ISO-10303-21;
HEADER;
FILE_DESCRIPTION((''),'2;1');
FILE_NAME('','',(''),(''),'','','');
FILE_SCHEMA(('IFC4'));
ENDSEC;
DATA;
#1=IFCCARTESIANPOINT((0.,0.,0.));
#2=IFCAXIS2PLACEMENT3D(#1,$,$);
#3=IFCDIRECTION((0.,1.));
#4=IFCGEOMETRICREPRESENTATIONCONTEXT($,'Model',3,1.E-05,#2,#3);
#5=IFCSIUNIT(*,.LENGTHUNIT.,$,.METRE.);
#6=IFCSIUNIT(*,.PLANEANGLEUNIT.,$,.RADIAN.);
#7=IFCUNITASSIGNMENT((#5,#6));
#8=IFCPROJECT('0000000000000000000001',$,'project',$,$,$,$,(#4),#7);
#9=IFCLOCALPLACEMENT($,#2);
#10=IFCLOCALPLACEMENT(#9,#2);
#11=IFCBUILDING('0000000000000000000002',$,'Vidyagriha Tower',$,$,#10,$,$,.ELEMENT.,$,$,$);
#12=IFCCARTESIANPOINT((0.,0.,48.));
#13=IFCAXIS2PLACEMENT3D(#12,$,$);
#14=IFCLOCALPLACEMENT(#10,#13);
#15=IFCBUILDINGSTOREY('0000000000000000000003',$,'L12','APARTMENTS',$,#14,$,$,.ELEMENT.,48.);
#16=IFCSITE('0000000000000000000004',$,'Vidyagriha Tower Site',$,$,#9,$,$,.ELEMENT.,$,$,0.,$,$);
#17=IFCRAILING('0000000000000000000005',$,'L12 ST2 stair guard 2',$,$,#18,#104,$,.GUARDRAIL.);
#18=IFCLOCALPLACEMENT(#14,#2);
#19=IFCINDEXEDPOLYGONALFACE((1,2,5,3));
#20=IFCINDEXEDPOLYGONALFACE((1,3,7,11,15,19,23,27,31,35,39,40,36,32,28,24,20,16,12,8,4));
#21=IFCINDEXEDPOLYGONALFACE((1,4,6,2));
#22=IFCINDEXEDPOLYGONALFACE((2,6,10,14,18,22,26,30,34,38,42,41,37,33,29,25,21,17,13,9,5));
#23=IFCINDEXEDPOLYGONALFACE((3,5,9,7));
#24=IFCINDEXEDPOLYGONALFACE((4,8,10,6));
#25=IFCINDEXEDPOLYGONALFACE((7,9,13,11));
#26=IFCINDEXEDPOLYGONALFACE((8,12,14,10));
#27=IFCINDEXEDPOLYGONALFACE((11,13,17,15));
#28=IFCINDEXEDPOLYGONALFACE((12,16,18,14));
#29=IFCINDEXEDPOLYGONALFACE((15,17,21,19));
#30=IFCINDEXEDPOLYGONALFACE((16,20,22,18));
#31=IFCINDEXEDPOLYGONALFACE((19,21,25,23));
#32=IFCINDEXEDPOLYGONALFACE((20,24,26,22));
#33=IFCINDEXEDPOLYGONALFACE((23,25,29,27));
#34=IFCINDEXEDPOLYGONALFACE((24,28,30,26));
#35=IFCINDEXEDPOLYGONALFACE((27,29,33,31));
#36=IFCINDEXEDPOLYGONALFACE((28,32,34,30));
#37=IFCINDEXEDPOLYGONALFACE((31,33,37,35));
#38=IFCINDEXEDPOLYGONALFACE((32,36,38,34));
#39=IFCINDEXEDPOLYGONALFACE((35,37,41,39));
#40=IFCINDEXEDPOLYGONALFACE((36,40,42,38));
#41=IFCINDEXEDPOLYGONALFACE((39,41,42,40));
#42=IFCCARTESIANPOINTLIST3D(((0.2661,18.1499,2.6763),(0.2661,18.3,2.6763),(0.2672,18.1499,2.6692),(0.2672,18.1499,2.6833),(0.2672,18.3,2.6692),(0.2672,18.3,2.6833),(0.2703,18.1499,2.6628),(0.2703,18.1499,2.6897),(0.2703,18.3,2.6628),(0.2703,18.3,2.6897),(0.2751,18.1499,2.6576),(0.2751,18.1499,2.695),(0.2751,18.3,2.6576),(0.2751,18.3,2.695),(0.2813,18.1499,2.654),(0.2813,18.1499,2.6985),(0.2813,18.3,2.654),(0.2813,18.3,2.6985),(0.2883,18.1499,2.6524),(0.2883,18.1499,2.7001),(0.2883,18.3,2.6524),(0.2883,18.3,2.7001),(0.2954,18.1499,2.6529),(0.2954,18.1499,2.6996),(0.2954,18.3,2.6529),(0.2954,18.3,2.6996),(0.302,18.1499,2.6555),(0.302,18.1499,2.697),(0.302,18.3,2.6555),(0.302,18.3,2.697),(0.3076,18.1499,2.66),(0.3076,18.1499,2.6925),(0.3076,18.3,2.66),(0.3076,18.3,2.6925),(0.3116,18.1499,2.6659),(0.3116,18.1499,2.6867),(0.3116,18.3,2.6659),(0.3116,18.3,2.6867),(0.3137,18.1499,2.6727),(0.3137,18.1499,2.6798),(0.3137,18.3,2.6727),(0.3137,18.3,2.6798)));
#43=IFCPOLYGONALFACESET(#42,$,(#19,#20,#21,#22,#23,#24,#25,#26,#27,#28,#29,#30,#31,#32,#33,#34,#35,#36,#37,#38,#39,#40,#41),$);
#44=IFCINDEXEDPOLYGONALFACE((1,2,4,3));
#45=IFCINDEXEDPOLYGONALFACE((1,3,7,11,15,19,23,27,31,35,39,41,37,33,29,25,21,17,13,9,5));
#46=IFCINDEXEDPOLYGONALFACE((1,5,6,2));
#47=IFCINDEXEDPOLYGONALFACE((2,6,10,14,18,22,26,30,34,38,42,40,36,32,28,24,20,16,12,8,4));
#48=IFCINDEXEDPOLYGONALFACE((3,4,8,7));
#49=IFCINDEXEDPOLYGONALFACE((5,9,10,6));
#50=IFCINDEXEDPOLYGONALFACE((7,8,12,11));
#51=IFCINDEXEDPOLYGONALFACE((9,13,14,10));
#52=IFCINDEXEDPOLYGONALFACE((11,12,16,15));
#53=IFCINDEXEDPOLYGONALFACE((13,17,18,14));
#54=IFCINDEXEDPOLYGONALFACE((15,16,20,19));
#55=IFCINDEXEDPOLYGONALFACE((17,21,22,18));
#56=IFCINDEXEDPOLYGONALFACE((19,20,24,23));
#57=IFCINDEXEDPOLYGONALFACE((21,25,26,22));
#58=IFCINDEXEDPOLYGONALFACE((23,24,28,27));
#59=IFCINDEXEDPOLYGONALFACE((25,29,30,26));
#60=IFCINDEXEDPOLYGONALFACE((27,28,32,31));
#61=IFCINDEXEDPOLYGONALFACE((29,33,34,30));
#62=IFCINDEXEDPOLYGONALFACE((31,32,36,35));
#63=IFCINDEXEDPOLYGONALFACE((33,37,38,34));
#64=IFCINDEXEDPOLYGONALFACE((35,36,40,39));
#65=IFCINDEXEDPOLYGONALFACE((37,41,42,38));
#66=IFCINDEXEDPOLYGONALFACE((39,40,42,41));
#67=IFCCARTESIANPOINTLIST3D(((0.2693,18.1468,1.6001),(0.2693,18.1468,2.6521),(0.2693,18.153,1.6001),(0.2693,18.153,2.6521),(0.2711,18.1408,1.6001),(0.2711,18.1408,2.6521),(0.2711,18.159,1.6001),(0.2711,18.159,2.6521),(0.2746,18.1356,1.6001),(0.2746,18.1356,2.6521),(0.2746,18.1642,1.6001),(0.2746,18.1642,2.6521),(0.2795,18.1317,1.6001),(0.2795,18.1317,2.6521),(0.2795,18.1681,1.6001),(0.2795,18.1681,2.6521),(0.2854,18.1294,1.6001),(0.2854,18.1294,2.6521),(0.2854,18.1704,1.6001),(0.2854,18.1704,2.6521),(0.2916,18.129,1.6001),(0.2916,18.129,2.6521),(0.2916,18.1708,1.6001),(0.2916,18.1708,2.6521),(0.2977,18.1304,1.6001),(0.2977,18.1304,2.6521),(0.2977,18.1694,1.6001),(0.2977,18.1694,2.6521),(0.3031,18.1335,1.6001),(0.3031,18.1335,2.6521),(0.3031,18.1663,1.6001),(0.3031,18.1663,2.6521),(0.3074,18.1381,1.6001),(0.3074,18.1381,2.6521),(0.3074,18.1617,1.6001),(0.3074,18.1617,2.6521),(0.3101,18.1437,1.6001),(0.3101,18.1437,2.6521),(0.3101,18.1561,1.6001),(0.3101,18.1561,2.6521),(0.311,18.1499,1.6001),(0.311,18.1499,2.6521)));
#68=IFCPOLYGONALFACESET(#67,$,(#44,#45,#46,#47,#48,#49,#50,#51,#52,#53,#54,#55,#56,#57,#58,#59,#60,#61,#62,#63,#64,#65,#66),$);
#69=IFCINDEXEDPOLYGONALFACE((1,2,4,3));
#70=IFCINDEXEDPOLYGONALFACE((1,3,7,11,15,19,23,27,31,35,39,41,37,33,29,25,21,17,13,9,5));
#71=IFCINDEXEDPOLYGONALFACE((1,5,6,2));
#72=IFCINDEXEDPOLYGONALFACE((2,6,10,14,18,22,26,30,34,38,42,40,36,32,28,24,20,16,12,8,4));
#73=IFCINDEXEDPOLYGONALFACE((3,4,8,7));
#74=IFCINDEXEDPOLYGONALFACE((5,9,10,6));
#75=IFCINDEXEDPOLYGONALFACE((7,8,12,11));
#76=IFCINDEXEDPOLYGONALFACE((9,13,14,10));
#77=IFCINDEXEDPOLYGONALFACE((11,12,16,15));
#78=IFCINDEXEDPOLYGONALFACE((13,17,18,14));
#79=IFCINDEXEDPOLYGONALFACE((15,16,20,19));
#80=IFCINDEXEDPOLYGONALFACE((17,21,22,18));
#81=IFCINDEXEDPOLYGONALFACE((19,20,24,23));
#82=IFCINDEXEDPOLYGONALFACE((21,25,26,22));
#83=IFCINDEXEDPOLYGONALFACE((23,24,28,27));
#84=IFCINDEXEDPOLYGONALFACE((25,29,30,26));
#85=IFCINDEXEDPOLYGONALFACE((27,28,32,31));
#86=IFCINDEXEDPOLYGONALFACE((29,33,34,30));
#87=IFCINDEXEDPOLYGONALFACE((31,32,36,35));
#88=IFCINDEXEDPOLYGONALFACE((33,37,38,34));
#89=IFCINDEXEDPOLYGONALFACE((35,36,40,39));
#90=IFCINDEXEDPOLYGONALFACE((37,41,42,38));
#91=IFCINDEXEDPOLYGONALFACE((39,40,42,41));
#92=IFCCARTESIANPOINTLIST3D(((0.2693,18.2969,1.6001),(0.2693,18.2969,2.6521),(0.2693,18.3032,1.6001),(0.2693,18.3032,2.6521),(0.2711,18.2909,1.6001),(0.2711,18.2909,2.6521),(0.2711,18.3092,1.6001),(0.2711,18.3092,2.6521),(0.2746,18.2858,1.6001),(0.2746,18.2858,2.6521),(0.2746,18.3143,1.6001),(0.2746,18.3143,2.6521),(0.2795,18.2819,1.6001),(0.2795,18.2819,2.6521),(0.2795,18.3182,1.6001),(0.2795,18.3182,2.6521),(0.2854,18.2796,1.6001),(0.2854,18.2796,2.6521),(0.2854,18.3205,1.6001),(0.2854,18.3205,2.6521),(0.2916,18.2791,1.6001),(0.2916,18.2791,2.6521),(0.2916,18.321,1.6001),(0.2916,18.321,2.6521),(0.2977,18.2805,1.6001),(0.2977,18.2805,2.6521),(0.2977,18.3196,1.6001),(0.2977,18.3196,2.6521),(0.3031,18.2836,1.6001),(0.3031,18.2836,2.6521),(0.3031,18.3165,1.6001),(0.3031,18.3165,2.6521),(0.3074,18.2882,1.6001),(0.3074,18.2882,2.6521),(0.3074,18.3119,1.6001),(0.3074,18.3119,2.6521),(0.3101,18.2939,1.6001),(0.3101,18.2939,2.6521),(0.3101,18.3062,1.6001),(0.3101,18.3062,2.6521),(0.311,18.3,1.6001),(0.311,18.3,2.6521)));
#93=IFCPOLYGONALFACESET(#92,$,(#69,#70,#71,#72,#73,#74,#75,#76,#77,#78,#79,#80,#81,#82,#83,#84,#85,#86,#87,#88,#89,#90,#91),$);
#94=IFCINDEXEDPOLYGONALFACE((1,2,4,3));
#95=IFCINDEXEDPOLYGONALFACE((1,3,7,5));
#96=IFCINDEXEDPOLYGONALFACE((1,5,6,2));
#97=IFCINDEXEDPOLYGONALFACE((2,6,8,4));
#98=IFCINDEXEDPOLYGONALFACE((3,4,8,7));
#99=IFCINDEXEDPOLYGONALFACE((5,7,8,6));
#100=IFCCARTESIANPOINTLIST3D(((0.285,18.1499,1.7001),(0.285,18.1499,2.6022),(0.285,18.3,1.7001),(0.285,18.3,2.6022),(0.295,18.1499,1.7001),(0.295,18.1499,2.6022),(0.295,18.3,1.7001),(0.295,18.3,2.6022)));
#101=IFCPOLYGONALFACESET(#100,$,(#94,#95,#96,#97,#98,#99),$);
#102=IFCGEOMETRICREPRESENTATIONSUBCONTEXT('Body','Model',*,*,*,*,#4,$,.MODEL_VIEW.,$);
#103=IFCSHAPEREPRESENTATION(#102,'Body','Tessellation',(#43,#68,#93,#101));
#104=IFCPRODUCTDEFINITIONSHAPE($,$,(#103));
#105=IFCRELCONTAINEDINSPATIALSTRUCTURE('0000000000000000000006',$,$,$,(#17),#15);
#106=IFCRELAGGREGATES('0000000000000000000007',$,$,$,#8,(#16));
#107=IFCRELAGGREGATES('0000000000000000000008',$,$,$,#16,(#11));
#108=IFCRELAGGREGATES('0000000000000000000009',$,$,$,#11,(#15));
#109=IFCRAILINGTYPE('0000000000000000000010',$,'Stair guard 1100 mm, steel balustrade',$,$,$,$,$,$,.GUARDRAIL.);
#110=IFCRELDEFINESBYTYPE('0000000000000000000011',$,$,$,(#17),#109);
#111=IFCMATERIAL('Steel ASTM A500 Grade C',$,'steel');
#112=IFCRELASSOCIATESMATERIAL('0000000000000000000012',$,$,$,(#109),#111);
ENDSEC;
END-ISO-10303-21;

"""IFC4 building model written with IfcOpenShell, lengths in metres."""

from ifc_helpers import new_model, si_unit, direction, frame, origin, origin_2d, place, context, subcontext, project, spatial, rectangle, circle, extrude, material, type_object, element, save


model = new_model("IFC4")

# Units and contexts
model_context = context("Model", 3, precision=1e-05, world=origin(), true_north=direction((0.0, 1.0)))
body_context = subcontext(model_context, "Body", "Model", "MODEL_VIEW")
ifc_project = project(units=[si_unit("LENGTHUNIT", "METRE"), si_unit("PLANEANGLEUNIT", "RADIAN")], contexts=[model_context])

# Site, building, storey
site_placement = place(None, origin())
site = spatial("IfcSite", under=ifc_project, at=site_placement, Name="Vidyagriha Tower Site", CompositionType="ELEMENT", RefElevation=0.0)
building_placement = place(site_placement, origin())
building = spatial("IfcBuilding", under=site, at=building_placement, Name="Vidyagriha Tower", CompositionType="ELEMENT")
storey_placement = place(building_placement, frame((0.0, 0.0, 48.0)))
storey = spatial("IfcBuildingStorey", under=building, at=storey_placement, Name="L12", Description="APARTMENTS", CompositionType="ELEMENT", Elevation=48.0)

# Railing
ifc_material_1 = material(Name="Steel ASTM A500 Grade C", Category="steel")
railing_type_1 = type_object("IfcRailingType", Name="Stair guard 1100 mm, steel balustrade", PredefinedType="GUARDRAIL", material=ifc_material_1)
railing_1_placement = place(storey_placement, frame((0.29, 18.1499, 1.6001)))
element("IfcRailing", 1, at=railing_1_placement, inside=storey, type_object=railing_type_1, Name="L12 ST2 stair guard 2", PredefinedType="GUARDRAIL", context=body_context, shape_type="SweptSolid", body=[
    extrude(circle(Radius=0.0239, at=origin_2d()), frame((0.0, 0.0, 1.0762), z_axis=(0.0, 1.0, 0.0), x_axis=(-1.0, 0.0, 0.0)), (0.0, 0.0, 1.0), 0.1501),
    extrude(circle(Radius=0.021, at=origin_2d()), origin(), (0.0, 0.0, 1.0), 1.052),
    extrude(circle(Radius=0.021, at=origin_2d()), frame((0.0, 0.1501, 0.0)), (0.0, 0.0, 1.0), 1.052),
    extrude(rectangle(XDim=0.01, YDim=0.9021, at=origin_2d()), frame((0.0, 0.0, 0.551), z_axis=(0.0, 1.0, 0.0), x_axis=(-1.0, 0.0, 0.0)), (0.0, 0.0, 1.0), 0.1501),
])

save(model, "model.ifc")
